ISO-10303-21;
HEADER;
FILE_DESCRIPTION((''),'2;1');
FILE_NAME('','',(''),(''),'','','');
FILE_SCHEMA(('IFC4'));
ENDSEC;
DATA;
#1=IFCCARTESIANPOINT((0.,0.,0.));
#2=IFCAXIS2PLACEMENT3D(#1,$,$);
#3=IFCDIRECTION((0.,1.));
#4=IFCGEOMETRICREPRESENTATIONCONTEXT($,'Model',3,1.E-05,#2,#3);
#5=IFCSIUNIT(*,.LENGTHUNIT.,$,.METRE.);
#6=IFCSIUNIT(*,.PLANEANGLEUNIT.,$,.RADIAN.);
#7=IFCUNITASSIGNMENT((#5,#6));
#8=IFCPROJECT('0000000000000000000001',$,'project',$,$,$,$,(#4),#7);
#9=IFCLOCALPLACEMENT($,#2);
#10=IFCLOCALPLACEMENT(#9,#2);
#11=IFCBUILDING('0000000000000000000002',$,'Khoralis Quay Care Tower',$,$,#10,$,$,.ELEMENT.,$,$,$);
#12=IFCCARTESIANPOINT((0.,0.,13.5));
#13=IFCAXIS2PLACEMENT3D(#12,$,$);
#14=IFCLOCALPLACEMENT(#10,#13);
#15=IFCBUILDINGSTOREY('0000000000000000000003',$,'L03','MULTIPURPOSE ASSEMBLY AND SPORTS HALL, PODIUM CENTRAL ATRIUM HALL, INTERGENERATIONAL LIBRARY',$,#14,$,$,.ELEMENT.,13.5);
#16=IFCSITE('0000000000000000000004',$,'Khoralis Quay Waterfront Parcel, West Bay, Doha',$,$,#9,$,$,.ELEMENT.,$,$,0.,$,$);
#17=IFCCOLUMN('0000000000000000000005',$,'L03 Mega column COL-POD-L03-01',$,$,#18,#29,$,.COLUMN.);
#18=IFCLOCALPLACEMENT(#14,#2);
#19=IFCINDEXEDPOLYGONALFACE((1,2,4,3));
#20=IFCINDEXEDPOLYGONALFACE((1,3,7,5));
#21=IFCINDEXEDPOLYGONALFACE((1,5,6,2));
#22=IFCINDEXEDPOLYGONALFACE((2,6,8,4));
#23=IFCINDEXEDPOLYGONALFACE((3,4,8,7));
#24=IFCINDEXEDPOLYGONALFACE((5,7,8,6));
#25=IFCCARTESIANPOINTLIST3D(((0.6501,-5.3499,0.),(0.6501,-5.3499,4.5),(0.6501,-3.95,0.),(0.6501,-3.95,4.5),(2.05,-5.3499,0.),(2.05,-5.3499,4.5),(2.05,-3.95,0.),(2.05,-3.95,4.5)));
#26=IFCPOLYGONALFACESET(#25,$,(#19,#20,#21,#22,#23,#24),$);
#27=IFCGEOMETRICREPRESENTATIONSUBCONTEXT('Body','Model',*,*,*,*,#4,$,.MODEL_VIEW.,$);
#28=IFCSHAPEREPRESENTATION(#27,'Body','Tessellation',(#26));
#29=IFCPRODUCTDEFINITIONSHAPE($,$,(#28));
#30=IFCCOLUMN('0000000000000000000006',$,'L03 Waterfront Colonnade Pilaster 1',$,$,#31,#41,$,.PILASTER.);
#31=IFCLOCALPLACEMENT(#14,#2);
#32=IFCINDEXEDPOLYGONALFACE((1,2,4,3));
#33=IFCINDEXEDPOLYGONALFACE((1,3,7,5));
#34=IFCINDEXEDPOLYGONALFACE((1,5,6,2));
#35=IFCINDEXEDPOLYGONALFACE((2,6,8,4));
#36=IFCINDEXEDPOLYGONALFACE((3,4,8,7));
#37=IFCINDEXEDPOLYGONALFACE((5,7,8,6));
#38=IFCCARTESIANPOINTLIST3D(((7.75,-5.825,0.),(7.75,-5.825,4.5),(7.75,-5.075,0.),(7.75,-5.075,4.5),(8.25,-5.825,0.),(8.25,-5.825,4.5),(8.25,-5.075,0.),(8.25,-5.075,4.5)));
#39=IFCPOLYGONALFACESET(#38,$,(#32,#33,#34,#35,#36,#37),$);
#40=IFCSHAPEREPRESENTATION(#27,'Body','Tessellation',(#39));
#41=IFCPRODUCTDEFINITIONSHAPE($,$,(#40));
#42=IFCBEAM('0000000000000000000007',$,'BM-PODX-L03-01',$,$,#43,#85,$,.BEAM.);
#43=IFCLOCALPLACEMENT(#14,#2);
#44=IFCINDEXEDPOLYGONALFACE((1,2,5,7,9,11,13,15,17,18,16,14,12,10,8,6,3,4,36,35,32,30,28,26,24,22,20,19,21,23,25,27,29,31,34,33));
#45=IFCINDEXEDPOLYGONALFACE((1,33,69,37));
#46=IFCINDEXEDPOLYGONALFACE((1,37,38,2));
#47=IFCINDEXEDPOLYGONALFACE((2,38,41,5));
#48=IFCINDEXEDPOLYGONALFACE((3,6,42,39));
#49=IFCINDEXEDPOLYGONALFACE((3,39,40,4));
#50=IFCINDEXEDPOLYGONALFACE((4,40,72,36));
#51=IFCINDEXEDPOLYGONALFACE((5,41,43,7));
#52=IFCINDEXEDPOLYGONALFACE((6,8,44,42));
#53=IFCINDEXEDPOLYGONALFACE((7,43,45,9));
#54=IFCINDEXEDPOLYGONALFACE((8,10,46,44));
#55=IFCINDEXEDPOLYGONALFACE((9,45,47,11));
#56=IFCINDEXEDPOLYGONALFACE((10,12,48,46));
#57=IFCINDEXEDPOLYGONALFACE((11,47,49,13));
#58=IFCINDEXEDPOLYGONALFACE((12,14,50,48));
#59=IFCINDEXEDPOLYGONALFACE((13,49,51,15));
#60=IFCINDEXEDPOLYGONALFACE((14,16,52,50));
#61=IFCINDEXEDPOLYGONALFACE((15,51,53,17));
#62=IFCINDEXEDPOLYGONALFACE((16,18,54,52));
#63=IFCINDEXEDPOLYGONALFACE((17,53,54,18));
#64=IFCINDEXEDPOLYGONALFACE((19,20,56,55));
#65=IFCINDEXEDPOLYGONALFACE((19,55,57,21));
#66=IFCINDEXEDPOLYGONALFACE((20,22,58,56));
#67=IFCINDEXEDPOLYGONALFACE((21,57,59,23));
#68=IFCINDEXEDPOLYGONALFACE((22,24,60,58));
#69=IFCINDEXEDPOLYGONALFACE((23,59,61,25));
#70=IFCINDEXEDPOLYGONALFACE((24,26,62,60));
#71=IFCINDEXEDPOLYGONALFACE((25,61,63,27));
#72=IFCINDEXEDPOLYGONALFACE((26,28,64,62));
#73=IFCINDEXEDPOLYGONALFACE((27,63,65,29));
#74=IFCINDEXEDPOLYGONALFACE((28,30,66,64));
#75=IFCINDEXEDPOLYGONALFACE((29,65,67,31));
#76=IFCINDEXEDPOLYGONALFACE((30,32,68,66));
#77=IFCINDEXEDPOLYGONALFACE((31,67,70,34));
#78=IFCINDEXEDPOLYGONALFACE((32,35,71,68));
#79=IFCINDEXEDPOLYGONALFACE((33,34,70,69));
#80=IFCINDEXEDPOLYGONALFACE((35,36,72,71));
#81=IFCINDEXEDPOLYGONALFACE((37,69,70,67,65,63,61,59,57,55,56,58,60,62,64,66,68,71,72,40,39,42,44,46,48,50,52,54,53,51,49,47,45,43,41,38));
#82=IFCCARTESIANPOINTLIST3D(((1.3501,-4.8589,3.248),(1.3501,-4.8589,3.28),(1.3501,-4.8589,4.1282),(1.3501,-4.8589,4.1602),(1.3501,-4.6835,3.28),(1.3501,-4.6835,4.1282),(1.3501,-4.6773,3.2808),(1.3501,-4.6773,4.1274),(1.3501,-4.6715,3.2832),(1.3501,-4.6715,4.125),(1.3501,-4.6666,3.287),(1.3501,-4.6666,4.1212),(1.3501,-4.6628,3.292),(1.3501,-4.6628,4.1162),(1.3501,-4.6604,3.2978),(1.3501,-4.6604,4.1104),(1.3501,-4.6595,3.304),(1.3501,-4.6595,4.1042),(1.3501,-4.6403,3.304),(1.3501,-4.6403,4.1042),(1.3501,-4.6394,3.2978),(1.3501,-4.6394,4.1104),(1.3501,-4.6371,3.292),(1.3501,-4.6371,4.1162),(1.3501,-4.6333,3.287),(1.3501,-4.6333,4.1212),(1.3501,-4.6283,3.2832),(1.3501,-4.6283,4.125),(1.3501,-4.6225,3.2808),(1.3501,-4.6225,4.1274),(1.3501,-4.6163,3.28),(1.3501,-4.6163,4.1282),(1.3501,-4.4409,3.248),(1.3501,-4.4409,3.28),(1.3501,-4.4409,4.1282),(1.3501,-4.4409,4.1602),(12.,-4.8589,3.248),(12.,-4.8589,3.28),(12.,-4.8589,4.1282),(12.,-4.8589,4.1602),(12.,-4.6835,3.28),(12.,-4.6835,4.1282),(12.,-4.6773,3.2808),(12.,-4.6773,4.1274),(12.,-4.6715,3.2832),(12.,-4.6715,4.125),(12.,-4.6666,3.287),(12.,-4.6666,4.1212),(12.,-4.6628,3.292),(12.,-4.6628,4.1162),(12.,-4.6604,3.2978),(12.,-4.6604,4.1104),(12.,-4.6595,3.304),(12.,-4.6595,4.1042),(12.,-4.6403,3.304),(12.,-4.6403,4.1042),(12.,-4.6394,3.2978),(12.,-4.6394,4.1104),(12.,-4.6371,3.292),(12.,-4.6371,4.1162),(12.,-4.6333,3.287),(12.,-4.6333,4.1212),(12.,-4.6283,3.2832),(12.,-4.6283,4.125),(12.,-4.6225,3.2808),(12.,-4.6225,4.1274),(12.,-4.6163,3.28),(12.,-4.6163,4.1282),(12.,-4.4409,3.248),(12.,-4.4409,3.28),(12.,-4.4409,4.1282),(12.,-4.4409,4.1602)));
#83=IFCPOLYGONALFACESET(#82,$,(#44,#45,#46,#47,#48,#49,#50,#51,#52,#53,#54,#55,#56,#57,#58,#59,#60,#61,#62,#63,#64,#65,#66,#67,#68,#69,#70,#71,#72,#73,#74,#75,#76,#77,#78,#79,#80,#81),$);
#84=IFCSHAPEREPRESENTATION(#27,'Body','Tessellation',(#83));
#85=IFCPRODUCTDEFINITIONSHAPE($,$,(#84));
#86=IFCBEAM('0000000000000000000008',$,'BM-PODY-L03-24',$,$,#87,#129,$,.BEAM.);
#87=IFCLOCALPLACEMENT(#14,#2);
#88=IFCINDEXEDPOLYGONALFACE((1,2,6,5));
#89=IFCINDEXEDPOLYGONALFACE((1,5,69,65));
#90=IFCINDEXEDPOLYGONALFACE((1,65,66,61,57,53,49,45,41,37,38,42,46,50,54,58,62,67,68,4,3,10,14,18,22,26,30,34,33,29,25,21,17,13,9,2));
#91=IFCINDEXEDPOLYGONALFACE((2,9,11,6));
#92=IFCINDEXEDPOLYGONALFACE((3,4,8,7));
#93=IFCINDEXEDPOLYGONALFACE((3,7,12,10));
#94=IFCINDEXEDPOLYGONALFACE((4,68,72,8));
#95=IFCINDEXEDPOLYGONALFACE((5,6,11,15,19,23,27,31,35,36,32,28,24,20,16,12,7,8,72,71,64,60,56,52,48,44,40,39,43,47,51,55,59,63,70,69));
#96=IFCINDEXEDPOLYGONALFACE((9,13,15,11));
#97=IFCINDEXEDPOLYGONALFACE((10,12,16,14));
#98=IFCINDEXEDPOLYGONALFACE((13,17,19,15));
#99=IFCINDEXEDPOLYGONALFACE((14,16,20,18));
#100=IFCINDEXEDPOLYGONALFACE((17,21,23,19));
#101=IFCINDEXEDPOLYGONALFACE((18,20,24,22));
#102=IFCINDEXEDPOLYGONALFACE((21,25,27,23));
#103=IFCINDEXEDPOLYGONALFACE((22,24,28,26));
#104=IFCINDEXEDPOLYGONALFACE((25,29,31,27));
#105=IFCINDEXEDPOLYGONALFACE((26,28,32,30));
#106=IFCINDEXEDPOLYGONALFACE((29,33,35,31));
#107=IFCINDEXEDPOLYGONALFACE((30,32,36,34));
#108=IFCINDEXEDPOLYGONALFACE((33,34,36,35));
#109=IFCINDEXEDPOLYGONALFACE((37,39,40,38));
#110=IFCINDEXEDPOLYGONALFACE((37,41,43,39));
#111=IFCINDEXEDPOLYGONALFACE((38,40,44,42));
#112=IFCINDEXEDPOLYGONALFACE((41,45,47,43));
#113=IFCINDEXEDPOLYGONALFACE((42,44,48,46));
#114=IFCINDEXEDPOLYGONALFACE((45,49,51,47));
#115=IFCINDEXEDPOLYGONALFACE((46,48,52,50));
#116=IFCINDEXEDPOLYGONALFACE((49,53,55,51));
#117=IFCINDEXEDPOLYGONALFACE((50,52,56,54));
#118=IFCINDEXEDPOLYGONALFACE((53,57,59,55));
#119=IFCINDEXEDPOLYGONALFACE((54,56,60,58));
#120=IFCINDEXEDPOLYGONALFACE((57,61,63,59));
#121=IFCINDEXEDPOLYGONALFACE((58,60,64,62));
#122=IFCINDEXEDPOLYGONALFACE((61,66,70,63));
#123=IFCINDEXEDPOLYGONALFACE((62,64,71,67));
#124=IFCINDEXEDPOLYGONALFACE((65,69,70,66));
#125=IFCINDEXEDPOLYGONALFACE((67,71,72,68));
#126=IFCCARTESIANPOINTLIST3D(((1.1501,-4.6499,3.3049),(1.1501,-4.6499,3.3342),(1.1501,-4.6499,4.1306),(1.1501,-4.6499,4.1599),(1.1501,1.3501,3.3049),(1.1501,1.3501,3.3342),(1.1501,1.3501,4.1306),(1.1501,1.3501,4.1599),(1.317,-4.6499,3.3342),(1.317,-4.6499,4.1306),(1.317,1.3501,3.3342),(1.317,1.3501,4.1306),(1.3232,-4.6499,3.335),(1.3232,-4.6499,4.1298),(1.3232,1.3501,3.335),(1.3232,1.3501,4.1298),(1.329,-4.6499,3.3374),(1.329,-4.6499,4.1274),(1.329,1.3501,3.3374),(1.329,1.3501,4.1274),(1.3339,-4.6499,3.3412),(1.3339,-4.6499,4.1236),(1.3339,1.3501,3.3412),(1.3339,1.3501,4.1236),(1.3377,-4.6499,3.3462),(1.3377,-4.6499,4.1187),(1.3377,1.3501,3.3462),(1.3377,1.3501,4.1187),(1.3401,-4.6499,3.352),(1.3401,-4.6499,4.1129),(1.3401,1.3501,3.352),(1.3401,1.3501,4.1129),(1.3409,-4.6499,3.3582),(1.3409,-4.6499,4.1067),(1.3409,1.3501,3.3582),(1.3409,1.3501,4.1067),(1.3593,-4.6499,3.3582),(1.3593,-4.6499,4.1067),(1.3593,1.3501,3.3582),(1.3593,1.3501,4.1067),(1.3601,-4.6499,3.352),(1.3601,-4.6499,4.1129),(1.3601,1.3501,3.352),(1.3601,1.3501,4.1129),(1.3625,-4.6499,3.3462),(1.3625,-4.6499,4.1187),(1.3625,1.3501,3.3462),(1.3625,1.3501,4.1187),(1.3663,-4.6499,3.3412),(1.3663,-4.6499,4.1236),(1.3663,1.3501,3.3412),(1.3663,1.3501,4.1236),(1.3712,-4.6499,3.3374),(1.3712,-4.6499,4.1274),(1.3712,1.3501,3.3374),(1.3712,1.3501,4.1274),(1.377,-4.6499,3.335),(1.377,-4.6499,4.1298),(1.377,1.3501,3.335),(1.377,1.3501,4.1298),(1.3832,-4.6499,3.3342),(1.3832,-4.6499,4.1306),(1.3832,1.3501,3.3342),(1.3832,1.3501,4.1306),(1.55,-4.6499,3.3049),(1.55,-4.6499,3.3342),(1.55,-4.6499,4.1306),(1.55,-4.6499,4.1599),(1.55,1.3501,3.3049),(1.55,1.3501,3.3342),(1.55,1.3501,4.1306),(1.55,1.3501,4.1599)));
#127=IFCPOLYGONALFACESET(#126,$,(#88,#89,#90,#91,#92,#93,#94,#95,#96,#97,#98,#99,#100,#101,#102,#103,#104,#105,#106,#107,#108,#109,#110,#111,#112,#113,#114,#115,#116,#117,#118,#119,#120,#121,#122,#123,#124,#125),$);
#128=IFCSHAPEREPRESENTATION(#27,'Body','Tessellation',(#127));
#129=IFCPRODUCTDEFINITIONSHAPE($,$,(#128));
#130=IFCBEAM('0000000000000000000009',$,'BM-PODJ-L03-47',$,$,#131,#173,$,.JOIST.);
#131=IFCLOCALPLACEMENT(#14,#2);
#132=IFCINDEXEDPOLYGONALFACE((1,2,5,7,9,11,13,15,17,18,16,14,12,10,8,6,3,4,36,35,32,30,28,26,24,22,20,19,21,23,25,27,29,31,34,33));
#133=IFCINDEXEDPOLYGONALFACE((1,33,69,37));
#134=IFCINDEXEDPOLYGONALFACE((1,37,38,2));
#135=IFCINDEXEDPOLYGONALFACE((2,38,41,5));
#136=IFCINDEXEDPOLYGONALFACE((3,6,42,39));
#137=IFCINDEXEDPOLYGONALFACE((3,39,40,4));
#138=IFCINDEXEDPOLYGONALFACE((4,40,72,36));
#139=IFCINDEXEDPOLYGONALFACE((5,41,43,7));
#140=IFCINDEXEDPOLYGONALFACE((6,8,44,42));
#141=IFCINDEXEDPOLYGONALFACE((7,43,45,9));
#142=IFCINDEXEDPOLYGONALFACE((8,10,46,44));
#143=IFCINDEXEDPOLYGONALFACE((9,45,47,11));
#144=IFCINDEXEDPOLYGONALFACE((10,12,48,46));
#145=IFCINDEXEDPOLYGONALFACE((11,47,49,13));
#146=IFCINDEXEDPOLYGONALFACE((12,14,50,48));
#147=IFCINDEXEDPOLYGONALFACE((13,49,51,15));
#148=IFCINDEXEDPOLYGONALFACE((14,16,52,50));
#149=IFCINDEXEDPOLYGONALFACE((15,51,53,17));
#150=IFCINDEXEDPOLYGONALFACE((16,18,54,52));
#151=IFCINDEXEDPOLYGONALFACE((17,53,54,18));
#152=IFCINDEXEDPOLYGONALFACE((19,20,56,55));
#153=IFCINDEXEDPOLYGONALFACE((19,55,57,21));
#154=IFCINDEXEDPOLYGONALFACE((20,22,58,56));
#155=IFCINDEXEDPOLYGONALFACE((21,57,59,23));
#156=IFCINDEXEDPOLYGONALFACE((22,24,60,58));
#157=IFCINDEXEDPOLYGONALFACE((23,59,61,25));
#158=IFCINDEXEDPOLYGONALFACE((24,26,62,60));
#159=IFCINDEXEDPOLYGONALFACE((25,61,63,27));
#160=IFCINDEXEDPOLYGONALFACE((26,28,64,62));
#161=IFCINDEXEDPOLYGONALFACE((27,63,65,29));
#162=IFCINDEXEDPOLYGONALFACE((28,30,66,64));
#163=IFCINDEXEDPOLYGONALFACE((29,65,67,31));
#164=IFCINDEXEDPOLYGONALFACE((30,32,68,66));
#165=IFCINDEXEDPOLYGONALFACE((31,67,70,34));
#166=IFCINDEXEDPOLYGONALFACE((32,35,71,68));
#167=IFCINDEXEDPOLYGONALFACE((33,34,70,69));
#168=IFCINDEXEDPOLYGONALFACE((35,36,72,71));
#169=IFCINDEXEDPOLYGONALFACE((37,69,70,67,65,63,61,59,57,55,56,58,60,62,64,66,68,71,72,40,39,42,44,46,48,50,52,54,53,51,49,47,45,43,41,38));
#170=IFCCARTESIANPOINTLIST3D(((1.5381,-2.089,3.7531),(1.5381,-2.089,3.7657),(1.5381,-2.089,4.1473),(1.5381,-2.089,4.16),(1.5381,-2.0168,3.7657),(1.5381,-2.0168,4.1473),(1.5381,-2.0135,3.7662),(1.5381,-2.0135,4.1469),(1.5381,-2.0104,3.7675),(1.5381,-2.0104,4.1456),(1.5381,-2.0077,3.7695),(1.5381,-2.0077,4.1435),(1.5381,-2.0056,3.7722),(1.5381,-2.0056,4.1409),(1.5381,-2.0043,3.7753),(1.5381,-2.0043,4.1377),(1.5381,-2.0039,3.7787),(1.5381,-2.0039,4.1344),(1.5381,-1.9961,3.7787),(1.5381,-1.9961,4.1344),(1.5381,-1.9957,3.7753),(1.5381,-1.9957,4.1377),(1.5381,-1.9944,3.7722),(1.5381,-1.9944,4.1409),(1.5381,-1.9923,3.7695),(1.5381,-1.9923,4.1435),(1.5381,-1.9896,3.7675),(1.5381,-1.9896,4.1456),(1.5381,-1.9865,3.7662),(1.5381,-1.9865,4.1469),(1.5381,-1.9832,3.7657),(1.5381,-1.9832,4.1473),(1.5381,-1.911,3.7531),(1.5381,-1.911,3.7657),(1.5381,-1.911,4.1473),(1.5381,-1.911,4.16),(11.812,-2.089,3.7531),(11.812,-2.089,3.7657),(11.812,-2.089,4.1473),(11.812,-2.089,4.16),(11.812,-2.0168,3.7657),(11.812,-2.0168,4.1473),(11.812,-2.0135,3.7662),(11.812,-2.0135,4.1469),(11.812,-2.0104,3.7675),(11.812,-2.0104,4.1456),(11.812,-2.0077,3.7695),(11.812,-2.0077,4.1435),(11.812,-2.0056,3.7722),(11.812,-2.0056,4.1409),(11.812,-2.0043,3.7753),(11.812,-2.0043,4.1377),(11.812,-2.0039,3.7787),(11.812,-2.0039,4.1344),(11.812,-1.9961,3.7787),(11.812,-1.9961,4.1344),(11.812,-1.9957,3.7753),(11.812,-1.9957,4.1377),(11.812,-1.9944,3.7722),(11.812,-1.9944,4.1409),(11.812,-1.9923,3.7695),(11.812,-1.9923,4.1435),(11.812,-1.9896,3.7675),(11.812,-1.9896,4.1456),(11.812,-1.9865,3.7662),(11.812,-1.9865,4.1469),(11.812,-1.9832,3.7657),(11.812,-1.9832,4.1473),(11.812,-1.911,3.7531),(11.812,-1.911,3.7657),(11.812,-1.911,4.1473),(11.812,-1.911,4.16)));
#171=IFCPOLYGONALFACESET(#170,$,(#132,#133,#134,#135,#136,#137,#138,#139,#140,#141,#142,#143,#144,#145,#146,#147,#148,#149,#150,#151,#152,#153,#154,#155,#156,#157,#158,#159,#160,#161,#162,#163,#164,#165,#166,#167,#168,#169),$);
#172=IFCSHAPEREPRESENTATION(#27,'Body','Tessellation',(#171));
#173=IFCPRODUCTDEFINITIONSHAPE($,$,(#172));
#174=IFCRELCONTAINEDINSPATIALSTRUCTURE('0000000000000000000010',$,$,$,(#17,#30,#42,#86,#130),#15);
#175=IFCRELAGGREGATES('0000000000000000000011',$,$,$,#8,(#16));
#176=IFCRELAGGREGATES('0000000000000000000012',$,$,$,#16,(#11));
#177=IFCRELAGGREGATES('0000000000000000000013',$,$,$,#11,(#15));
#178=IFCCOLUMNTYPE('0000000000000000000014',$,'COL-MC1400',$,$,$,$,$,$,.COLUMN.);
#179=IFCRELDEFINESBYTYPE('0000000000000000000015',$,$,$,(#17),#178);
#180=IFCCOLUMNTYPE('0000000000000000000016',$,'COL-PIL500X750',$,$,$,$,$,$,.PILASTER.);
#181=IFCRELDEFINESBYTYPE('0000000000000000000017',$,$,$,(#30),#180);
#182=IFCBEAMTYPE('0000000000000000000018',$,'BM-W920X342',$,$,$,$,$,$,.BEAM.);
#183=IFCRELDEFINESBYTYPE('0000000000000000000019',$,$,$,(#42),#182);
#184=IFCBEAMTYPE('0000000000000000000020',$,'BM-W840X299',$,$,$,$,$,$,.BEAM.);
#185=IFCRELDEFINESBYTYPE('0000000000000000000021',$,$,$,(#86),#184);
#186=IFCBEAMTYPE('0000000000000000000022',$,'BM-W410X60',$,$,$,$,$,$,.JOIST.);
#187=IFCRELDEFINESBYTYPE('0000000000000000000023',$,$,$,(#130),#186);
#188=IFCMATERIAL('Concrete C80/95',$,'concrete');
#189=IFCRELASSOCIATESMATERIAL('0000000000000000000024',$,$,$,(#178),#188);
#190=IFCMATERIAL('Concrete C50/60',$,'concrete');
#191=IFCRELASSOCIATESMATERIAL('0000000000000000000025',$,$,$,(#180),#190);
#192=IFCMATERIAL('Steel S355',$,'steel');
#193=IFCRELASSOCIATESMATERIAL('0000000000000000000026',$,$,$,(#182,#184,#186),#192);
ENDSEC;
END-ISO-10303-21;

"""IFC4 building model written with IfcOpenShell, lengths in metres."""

from ifc_helpers import new_model, si_unit, direction, frame, origin, origin_2d, place, context, subcontext, project, spatial, rectangle, i_section, extrude, source, transform, mapped, material, material_profile, profile_set, type_object, element, save


model = new_model("IFC4")

# Units and contexts
model_context = context("Model", 3, precision=1e-05, world=origin(), true_north=direction((0.0, 1.0)))
body_context = subcontext(model_context, "Body", "Model", "MODEL_VIEW")
ifc_project = project(units=[si_unit("LENGTHUNIT", "METRE"), si_unit("PLANEANGLEUNIT", "RADIAN")], contexts=[model_context])

# Site, building, storey
site_placement = place(None, origin())
site = spatial("IfcSite", under=ifc_project, at=site_placement, Name="Khoralis Quay Waterfront Parcel, West Bay, Doha", CompositionType="ELEMENT", RefElevation=0.0)
building_placement = place(site_placement, origin())
building = spatial("IfcBuilding", under=site, at=building_placement, Name="Khoralis Quay Care Tower", CompositionType="ELEMENT")
storey_placement = place(building_placement, frame((0.0, 0.0, 13.5)))
storey = spatial("IfcBuildingStorey", under=building, at=storey_placement, Name="L03", Description="MULTIPURPOSE ASSEMBLY AND SPORTS HALL, PODIUM CENTRAL ATRIUM HALL, INTERGENERATIONAL LIBRARY", CompositionType="ELEMENT", Elevation=13.5)

# Columns
ifc_material_1 = material(Name="Concrete C80/95", Category="concrete")
ifc_material_profile_1 = material_profile(ifc_material_1, rectangle(XDim=1.3999, YDim=1.3999, at=origin_2d()), Name="Concrete C80/95")
ifc_profile_set_1 = profile_set([ifc_material_profile_1], Name="Concrete C80/95")
column_type_1 = type_object("IfcColumnType", Name="COL-MC1400", PredefinedType="COLUMN", material=ifc_profile_set_1)
shared_shape_1 = source(origin(), body_context, "Body", "SweptSolid", [
    extrude(rectangle(XDim=1.3999, YDim=1.3999, at=origin_2d()), origin(), (0.0, 0.0, 1.0), 4.5),
])
column_1_placement = place(storey_placement, frame((1.3501, -4.6499, 0.0), z_axis=(0.0, 0.0, 1.0), x_axis=(1.0, 0.0, 0.0)))
element("IfcColumn", 1, at=column_1_placement, inside=storey, type_object=column_type_1, Name="L03 Mega column COL-POD-L03-01", PredefinedType="COLUMN", context=body_context, shape_type="MappedRepresentation", body=[
    mapped(shared_shape_1, transform((0.0, 0.0, 0.0), scale=1.0)),
])
ifc_material_2 = material(Name="Concrete C50/60", Category="concrete")
ifc_material_profile_2 = material_profile(ifc_material_2, rectangle(XDim=0.5, YDim=0.75, at=origin_2d()), Name="Concrete C50/60")
ifc_profile_set_2 = profile_set([ifc_material_profile_2], Name="Concrete C50/60")
column_type_2 = type_object("IfcColumnType", Name="COL-PIL500X750", PredefinedType="PILASTER", material=ifc_profile_set_2)
shared_shape_2 = source(origin(), body_context, "Body", "SweptSolid", [
    extrude(rectangle(XDim=0.5, YDim=0.75, at=origin_2d()), origin(), (0.0, 0.0, 1.0), 4.5),
])
column_2_placement = place(storey_placement, frame((8.0, -5.45, 0.0), z_axis=(0.0, 0.0, 1.0), x_axis=(1.0, 0.0, 0.0)))
element("IfcColumn", 2, at=column_2_placement, inside=storey, type_object=column_type_2, Name="L03 Waterfront Colonnade Pilaster 1", PredefinedType="PILASTER", context=body_context, shape_type="MappedRepresentation", body=[
    mapped(shared_shape_2, transform((0.0, 0.0, 0.0), scale=1.0)),
])

# Beams
ifc_material_3 = material(Name="Steel S355", Category="steel")
ifc_material_profile_3 = material_profile(ifc_material_3, i_section(OverallWidth=0.418, OverallDepth=0.9121, WebThickness=0.0193, FlangeThickness=0.032, FilletRadius=0.0239, at=origin_2d()), Name="Steel S355")
ifc_profile_set_3 = profile_set([ifc_material_profile_3], Name="Steel S355")
beam_type_1 = type_object("IfcBeamType", Name="BM-W920X342", PredefinedType="BEAM", material=ifc_profile_set_3)
shared_shape_3 = source(origin(), body_context, "Body", "SweptSolid", [
    extrude(i_section(OverallWidth=0.418, OverallDepth=0.9121, WebThickness=0.0193, FlangeThickness=0.032, FilletRadius=0.0239, at=origin_2d()), origin(), (0.0, 0.0, 1.0), 10.6499),
])
beam_1_placement = place(storey_placement, frame((1.3501, -4.6499, 3.7041), z_axis=(1.0, 0.0, 0.0), x_axis=(0.0, 1.0, 0.0)))
element("IfcBeam", 3, at=beam_1_placement, inside=storey, type_object=beam_type_1, Name="BM-PODX-L03-01", PredefinedType="BEAM", context=body_context, shape_type="MappedRepresentation", body=[
    mapped(shared_shape_3, transform((0.0, 0.0, 0.0), scale=1.0)),
])
ifc_material_profile_4 = material_profile(ifc_material_3, i_section(OverallWidth=0.3999, OverallDepth=0.855, WebThickness=0.0183, FlangeThickness=0.0293, FilletRadius=0.0239, at=origin_2d()), Name="Steel S355")
ifc_profile_set_4 = profile_set([ifc_material_profile_4], Name="Steel S355")
beam_type_2 = type_object("IfcBeamType", Name="BM-W840X299", PredefinedType="BEAM", material=ifc_profile_set_4)
shared_shape_4 = source(origin(), body_context, "Body", "SweptSolid", [
    extrude(i_section(OverallWidth=0.3999, OverallDepth=0.855, WebThickness=0.0183, FlangeThickness=0.0293, FilletRadius=0.0239, at=origin_2d()), origin(), (0.0, 0.0, 1.0), 6.0),
])
beam_2_placement = place(storey_placement, frame((1.3501, -4.6499, 3.7324), z_axis=(0.0, 1.0, 0.0), x_axis=(-1.0, 0.0, 0.0)))
element("IfcBeam", 4, at=beam_2_placement, inside=storey, type_object=beam_type_2, Name="BM-PODY-L03-24", PredefinedType="BEAM", context=body_context, shape_type="MappedRepresentation", body=[
    mapped(shared_shape_4, transform((0.0, 0.0, 0.0), scale=1.0)),
])
ifc_material_profile_5 = material_profile(ifc_material_3, i_section(OverallWidth=0.178, OverallDepth=0.407, WebThickness=0.0078, FlangeThickness=0.0127, FilletRadius=0.0129, at=origin_2d()), Name="Steel S355")
ifc_profile_set_5 = profile_set([ifc_material_profile_5], Name="Steel S355")
beam_type_3 = type_object("IfcBeamType", Name="BM-W410X60", PredefinedType="JOIST", material=ifc_profile_set_5)
shared_shape_5 = source(origin(), body_context, "Body", "SweptSolid", [
    extrude(i_section(OverallWidth=0.178, OverallDepth=0.407, WebThickness=0.0078, FlangeThickness=0.0127, FilletRadius=0.0129, at=origin_2d()), origin(), (0.0, 0.0, 1.0), 10.2739),
])
beam_3_placement = place(storey_placement, frame((1.5381, -2.0, 3.9565), z_axis=(1.0, 0.0, 0.0), x_axis=(0.0, 1.0, 0.0)))
element("IfcBeam", 5, at=beam_3_placement, inside=storey, type_object=beam_type_3, Name="BM-PODJ-L03-47", PredefinedType="JOIST", context=body_context, shape_type="MappedRepresentation", body=[
    mapped(shared_shape_5, transform((0.0, 0.0, 0.0), scale=1.0)),
])

save(model, "model.ifc")
